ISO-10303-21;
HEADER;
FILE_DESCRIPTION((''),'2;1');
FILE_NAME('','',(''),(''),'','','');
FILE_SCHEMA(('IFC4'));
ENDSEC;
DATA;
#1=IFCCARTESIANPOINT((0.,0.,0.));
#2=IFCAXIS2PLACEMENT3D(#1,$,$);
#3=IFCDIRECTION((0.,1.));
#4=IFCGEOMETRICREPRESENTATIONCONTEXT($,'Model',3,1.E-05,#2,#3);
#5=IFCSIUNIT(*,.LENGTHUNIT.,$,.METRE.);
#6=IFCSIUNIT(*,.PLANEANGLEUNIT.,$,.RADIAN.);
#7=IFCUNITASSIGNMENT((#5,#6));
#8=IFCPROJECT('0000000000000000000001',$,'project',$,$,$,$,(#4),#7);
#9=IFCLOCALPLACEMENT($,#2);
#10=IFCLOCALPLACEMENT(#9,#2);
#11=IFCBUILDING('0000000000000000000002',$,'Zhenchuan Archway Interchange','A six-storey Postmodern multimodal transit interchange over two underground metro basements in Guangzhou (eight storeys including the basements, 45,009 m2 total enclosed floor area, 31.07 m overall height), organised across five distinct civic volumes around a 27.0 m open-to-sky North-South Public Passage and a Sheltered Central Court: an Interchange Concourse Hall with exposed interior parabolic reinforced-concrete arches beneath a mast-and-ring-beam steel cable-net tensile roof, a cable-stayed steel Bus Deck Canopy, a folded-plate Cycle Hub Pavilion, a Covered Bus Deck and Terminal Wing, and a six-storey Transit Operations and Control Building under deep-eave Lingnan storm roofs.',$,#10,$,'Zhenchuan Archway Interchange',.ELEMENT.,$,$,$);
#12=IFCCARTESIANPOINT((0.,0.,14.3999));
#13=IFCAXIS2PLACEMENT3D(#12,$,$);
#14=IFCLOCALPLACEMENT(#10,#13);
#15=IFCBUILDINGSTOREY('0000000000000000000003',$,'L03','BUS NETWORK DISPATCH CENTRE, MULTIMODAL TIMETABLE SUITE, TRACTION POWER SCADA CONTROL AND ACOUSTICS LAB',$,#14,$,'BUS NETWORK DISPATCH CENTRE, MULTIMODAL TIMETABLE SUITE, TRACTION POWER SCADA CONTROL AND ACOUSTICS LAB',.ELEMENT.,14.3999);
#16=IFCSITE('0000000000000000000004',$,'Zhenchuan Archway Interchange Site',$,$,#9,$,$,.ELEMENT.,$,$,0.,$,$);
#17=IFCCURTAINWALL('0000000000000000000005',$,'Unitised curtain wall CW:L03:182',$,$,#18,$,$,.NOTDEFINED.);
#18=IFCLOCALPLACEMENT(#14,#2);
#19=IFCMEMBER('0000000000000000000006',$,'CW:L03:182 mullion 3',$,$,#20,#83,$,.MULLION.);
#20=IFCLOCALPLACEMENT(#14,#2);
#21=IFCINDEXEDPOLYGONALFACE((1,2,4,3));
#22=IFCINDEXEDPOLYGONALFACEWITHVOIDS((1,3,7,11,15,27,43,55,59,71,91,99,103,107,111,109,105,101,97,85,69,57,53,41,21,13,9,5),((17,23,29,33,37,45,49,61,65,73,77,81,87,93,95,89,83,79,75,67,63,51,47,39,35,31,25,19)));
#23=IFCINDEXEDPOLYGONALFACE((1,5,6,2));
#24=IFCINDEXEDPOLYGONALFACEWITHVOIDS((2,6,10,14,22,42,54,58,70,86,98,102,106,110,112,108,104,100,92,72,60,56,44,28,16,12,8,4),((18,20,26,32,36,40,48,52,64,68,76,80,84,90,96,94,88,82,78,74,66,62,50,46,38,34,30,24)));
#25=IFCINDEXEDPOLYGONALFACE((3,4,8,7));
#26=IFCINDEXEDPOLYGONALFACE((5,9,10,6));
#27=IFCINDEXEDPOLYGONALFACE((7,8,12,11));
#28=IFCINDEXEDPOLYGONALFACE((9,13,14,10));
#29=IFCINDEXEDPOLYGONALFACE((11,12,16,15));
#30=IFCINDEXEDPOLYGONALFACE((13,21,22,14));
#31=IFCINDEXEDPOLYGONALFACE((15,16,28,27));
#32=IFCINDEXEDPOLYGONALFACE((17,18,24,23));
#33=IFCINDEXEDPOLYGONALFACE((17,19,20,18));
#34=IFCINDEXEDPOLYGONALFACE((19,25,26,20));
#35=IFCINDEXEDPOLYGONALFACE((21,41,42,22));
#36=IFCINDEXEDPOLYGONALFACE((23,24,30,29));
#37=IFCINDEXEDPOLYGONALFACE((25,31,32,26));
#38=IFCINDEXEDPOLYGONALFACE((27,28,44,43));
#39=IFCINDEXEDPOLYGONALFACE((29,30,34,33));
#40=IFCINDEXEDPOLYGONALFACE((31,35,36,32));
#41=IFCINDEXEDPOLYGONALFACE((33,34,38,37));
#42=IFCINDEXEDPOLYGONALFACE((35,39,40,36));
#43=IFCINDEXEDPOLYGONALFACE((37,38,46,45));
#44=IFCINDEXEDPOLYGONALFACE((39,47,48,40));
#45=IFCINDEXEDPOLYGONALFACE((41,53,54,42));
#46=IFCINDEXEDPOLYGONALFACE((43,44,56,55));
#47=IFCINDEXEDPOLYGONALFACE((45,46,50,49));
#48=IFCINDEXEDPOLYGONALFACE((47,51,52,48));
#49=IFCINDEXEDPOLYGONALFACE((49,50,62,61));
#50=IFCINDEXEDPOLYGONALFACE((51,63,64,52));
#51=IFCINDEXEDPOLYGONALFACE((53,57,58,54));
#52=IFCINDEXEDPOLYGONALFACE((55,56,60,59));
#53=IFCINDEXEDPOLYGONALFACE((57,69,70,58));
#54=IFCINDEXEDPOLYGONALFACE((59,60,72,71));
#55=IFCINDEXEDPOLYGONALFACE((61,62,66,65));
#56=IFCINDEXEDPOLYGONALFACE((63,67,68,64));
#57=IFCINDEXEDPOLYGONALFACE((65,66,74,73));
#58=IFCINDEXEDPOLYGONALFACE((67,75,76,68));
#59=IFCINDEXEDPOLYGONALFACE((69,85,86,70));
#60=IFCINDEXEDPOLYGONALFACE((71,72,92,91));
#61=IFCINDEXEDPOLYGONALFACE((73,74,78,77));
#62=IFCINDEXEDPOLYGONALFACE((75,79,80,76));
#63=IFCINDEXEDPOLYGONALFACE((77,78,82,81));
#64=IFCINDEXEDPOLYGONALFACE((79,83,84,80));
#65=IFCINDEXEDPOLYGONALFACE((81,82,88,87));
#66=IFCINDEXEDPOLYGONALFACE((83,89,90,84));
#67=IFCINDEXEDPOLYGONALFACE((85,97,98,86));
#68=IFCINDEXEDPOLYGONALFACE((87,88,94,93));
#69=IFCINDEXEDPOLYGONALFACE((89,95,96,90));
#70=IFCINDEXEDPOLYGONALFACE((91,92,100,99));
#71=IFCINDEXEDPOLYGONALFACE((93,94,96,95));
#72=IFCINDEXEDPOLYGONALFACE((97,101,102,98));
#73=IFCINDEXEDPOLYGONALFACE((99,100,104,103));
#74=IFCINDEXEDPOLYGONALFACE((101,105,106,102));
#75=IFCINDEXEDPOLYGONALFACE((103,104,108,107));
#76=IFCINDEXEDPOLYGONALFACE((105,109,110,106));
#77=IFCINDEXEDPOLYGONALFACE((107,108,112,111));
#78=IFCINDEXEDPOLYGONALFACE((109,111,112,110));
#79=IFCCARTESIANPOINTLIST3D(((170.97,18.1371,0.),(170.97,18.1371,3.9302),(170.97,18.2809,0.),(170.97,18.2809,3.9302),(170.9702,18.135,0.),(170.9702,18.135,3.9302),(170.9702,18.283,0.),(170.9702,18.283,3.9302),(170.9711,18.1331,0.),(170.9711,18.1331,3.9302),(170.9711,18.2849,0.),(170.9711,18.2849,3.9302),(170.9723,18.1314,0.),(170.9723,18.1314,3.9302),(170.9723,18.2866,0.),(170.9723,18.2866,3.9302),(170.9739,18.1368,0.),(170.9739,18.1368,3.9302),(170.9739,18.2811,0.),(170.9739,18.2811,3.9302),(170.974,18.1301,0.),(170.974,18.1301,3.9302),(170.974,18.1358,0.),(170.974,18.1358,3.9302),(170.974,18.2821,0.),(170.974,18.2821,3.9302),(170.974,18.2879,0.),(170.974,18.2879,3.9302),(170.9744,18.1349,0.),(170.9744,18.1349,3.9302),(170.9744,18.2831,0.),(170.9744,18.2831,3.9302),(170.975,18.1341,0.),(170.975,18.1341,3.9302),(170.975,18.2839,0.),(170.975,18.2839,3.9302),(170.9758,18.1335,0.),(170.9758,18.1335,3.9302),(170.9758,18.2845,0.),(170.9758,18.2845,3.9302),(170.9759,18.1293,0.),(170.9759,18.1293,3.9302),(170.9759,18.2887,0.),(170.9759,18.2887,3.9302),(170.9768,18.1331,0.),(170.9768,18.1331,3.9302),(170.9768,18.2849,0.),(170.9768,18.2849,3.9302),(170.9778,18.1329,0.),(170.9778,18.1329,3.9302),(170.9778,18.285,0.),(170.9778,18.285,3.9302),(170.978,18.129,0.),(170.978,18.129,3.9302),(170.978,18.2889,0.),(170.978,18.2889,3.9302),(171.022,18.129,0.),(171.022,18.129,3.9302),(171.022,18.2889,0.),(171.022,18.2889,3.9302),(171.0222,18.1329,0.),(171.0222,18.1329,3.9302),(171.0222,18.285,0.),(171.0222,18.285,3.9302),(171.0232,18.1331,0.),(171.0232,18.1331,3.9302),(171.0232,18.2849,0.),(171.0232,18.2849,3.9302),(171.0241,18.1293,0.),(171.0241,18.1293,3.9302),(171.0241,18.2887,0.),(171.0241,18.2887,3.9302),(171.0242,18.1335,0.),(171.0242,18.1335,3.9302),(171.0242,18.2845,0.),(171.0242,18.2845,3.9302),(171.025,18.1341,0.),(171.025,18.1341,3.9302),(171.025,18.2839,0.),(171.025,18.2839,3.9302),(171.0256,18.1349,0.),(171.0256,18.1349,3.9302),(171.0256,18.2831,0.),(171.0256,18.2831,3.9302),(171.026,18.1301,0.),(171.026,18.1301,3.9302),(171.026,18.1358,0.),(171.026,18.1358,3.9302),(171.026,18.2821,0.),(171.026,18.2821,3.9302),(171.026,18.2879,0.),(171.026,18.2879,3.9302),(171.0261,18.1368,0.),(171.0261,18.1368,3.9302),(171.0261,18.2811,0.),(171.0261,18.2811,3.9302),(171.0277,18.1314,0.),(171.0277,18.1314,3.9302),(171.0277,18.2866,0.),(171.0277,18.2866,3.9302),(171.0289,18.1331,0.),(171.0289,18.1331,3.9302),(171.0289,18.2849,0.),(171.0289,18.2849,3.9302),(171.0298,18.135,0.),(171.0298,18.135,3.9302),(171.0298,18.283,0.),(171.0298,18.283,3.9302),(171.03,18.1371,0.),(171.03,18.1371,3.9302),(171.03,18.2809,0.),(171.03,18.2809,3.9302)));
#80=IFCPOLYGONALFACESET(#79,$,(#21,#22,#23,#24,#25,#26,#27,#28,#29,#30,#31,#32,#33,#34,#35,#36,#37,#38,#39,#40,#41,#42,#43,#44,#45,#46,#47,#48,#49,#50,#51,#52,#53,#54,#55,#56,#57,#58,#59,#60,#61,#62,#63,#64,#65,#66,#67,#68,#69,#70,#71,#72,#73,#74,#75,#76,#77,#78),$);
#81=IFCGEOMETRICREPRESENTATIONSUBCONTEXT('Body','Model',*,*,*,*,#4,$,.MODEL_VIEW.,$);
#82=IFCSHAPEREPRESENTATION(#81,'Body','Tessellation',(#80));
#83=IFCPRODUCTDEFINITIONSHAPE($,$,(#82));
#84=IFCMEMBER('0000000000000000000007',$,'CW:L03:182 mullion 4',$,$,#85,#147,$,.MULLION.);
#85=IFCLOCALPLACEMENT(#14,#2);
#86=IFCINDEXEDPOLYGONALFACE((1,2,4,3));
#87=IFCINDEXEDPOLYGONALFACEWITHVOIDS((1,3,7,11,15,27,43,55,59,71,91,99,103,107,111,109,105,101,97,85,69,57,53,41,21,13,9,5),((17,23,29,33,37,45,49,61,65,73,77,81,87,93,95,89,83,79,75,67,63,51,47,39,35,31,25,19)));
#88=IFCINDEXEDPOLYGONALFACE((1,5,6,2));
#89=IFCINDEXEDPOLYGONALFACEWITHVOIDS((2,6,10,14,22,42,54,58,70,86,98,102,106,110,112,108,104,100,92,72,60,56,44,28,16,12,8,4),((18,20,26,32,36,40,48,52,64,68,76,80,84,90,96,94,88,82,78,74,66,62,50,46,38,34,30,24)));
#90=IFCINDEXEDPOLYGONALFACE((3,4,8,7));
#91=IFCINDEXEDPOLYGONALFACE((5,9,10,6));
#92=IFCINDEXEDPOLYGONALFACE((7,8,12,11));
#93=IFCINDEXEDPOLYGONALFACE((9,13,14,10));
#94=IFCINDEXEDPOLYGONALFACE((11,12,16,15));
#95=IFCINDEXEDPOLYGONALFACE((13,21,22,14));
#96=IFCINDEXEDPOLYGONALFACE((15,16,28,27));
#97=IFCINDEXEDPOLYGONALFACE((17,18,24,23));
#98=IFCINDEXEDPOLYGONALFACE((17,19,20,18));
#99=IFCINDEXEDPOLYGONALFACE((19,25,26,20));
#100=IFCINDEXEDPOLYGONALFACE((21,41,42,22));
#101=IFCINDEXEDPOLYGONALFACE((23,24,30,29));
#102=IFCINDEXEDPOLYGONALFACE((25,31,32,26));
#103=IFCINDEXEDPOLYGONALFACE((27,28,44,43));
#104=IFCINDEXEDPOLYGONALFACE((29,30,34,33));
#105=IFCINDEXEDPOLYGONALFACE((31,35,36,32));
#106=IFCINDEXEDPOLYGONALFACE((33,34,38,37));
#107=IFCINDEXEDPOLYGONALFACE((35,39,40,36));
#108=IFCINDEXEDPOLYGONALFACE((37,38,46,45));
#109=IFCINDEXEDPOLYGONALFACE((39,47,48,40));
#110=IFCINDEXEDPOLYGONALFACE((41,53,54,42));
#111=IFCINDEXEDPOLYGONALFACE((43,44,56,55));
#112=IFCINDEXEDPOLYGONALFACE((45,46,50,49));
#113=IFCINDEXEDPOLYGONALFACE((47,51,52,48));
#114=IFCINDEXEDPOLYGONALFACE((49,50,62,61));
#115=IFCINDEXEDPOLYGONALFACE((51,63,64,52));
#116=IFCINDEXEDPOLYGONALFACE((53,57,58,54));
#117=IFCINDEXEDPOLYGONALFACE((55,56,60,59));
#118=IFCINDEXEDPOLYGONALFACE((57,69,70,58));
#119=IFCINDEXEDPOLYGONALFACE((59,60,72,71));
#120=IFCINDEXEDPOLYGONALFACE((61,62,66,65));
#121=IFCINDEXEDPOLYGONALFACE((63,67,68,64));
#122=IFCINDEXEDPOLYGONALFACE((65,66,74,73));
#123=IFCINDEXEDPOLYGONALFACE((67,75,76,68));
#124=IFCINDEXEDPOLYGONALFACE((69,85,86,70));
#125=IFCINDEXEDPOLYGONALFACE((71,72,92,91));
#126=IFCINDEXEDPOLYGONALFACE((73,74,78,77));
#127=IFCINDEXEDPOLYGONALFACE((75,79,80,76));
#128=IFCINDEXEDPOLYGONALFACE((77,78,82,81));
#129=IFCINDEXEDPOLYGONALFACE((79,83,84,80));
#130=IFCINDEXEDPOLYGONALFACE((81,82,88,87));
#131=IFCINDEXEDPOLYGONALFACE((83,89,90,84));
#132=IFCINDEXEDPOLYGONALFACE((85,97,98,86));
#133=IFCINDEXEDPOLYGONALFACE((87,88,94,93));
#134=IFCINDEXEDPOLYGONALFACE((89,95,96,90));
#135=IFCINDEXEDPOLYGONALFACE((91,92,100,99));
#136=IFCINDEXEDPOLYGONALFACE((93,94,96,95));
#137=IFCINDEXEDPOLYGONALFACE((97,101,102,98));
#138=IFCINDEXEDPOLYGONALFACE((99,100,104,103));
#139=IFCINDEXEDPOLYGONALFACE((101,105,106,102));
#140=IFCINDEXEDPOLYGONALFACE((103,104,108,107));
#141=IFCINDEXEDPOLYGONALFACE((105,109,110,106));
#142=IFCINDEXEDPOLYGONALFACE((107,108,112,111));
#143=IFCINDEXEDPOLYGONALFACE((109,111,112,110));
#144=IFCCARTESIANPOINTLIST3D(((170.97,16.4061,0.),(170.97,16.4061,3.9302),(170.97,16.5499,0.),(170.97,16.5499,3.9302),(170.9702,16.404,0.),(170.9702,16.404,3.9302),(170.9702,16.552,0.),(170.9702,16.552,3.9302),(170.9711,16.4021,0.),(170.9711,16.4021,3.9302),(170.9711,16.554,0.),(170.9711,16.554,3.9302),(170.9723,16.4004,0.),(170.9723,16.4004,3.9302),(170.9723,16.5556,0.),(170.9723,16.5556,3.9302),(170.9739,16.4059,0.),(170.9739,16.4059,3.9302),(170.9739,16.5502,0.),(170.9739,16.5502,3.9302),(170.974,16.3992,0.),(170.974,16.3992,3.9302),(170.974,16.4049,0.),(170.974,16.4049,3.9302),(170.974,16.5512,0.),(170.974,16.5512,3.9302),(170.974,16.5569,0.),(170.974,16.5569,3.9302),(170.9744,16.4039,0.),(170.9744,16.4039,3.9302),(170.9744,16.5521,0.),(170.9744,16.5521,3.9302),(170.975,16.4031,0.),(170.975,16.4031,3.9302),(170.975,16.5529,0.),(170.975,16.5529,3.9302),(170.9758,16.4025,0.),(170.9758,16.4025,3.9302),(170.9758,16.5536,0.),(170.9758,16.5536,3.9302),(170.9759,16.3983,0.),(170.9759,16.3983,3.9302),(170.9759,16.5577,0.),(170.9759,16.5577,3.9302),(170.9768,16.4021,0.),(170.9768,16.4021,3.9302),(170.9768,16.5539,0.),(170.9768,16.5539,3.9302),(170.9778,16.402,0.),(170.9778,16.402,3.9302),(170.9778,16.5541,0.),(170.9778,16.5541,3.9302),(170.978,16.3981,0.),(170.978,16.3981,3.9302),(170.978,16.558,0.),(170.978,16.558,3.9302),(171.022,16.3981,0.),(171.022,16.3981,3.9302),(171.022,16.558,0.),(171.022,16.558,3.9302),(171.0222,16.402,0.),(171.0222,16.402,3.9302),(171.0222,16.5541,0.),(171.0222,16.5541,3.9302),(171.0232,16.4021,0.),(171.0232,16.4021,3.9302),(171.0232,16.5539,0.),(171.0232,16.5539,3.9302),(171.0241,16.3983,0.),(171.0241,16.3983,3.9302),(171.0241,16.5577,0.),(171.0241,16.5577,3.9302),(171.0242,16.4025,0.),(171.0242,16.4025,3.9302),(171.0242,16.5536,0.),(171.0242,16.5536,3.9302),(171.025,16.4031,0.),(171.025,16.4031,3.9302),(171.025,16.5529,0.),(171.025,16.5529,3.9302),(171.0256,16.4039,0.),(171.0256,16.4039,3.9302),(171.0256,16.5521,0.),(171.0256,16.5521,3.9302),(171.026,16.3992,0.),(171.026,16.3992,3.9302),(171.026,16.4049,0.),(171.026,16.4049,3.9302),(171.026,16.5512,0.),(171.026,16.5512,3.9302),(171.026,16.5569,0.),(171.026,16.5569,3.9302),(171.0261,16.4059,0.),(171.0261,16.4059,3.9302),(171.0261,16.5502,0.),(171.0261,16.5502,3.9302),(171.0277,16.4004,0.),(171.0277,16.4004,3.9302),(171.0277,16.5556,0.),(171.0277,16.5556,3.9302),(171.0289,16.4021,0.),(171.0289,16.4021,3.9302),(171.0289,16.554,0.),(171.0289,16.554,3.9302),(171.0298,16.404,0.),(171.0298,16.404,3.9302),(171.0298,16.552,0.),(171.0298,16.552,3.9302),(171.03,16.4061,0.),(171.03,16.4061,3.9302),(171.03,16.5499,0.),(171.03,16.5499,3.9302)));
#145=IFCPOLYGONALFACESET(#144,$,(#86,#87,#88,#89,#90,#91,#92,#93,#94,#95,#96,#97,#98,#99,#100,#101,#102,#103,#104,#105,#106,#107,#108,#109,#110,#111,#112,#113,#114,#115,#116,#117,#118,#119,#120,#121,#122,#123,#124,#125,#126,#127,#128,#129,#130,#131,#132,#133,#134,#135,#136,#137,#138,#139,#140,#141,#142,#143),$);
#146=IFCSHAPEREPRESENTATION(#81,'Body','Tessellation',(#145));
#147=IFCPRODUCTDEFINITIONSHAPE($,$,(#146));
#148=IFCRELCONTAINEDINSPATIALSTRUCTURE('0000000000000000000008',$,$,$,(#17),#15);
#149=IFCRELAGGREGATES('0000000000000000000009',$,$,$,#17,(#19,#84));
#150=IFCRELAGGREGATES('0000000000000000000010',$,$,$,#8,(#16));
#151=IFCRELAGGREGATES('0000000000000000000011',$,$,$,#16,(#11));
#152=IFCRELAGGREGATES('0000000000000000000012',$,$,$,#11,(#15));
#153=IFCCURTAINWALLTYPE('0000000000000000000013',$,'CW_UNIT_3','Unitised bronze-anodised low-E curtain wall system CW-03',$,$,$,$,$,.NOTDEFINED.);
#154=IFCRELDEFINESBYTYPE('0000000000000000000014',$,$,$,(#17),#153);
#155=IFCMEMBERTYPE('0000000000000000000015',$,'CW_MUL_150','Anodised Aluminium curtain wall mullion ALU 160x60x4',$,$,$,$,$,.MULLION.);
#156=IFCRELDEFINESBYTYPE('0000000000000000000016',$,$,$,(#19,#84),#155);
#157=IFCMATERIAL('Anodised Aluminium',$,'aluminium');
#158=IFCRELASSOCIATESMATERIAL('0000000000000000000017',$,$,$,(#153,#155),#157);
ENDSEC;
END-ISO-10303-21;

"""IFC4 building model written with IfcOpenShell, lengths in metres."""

from ifc_helpers import new_model, si_unit, direction, frame, origin, origin_2d, place, context, subcontext, project, spatial, hollow_rectangle, extrude, material, material_profile, profile_set, type_object, element, aggregate, save


model = new_model("IFC4")

# Units and contexts
model_context = context("Model", 3, precision=1e-05, world=origin(), true_north=direction((0.0, 1.0)))
body_context = subcontext(model_context, "Body", "Model", "MODEL_VIEW")
ifc_project = project(units=[si_unit("LENGTHUNIT", "METRE"), si_unit("PLANEANGLEUNIT", "RADIAN")], contexts=[model_context])

# Site, building, storey
site_placement = place(None, origin())
site = spatial("IfcSite", under=ifc_project, at=site_placement, Name="Zhenchuan Archway Interchange Site", CompositionType="ELEMENT", RefElevation=0.0)
building_placement = place(site_placement, origin())
building = spatial("IfcBuilding", under=site, at=building_placement, Name="Zhenchuan Archway Interchange", Description="A six-storey Postmodern multimodal transit interchange over two underground metro basements in Guangzhou (eight storeys including the basements, 45,009 m2 total enclosed floor area, 31.07 m overall height), organised across five distinct civic volumes around a 27.0 m open-to-sky North-South Public Passage and a Sheltered Central Court: an Interchange Concourse Hall with exposed interior parabolic reinforced-concrete arches beneath a mast-and-ring-beam steel cable-net tensile roof, a cable-stayed steel Bus Deck Canopy, a folded-plate Cycle Hub Pavilion, a Covered Bus Deck and Terminal Wing, and a six-storey Transit Operations and Control Building under deep-eave Lingnan storm roofs.", LongName="Zhenchuan Archway Interchange", CompositionType="ELEMENT")
storey_placement = place(building_placement, frame((0.0, 0.0, 14.3999)))
storey = spatial("IfcBuildingStorey", under=building, at=storey_placement, Name="L03", Description="BUS NETWORK DISPATCH CENTRE, MULTIMODAL TIMETABLE SUITE, TRACTION POWER SCADA CONTROL AND ACOUSTICS LAB", LongName="BUS NETWORK DISPATCH CENTRE, MULTIMODAL TIMETABLE SUITE, TRACTION POWER SCADA CONTROL AND ACOUSTICS LAB", CompositionType="ELEMENT", Elevation=14.3999)

# Curtain wall, members
ifc_material_1 = material(Name="Anodised Aluminium", Category="aluminium")
curtain_wall_type = type_object("IfcCurtainWallType", Name="CW_UNIT_3", Description="Unitised bronze-anodised low-E curtain wall system CW-03", PredefinedType="NOTDEFINED", material=ifc_material_1)
curtain_wall_placement = place(storey_placement, origin())
curtain_wall = element("IfcCurtainWall", 1, at=curtain_wall_placement, inside=storey, type_object=curtain_wall_type, Name="Unitised curtain wall CW:L03:182", PredefinedType="NOTDEFINED")
ifc_material_profile_1 = material_profile(ifc_material_1, hollow_rectangle(XDim=0.0601, YDim=0.1599, WallThickness=0.0039, InnerFilletRadius=0.0039, OuterFilletRadius=0.0081, at=origin_2d()), Name="ALU 160x60x4")
ifc_profile_set_1 = profile_set([ifc_material_profile_1], Name="Anodised Aluminium")
member_type_1 = type_object("IfcMemberType", Name="CW_MUL_150", Description="Anodised Aluminium curtain wall mullion ALU 160x60x4", PredefinedType="MULLION", material=ifc_profile_set_1)
member_1_placement = place(storey_placement, frame((171.0, 18.209, 0.0), z_axis=(0.0, 0.0, 1.0), x_axis=(1.0, 0.0, 0.0)))
member_1 = element("IfcMember", 2, at=member_1_placement, type_object=member_type_1, Name="CW:L03:182 mullion 3", PredefinedType="MULLION", context=body_context, shape_type="SweptSolid", body=[
    extrude(hollow_rectangle(XDim=0.0601, YDim=0.1599, WallThickness=0.0039, InnerFilletRadius=0.0039, OuterFilletRadius=0.0081, at=origin_2d()), origin(), (0.0, 0.0, 1.0), 3.9302),
])
member_2_placement = place(storey_placement, frame((171.0, 16.478, 0.0), z_axis=(0.0, 0.0, 1.0), x_axis=(1.0, 0.0, 0.0)))
member_2 = element("IfcMember", 3, at=member_2_placement, type_object=member_type_1, Name="CW:L03:182 mullion 4", PredefinedType="MULLION", context=body_context, shape_type="SweptSolid", body=[
    extrude(hollow_rectangle(XDim=0.0601, YDim=0.1599, WallThickness=0.0039, InnerFilletRadius=0.0039, OuterFilletRadius=0.0081, at=origin_2d()), origin(), (0.0, 0.0, 1.0), 3.9302),
])

aggregate(curtain_wall, [member_1, member_2])

save(model, "model.ifc")
